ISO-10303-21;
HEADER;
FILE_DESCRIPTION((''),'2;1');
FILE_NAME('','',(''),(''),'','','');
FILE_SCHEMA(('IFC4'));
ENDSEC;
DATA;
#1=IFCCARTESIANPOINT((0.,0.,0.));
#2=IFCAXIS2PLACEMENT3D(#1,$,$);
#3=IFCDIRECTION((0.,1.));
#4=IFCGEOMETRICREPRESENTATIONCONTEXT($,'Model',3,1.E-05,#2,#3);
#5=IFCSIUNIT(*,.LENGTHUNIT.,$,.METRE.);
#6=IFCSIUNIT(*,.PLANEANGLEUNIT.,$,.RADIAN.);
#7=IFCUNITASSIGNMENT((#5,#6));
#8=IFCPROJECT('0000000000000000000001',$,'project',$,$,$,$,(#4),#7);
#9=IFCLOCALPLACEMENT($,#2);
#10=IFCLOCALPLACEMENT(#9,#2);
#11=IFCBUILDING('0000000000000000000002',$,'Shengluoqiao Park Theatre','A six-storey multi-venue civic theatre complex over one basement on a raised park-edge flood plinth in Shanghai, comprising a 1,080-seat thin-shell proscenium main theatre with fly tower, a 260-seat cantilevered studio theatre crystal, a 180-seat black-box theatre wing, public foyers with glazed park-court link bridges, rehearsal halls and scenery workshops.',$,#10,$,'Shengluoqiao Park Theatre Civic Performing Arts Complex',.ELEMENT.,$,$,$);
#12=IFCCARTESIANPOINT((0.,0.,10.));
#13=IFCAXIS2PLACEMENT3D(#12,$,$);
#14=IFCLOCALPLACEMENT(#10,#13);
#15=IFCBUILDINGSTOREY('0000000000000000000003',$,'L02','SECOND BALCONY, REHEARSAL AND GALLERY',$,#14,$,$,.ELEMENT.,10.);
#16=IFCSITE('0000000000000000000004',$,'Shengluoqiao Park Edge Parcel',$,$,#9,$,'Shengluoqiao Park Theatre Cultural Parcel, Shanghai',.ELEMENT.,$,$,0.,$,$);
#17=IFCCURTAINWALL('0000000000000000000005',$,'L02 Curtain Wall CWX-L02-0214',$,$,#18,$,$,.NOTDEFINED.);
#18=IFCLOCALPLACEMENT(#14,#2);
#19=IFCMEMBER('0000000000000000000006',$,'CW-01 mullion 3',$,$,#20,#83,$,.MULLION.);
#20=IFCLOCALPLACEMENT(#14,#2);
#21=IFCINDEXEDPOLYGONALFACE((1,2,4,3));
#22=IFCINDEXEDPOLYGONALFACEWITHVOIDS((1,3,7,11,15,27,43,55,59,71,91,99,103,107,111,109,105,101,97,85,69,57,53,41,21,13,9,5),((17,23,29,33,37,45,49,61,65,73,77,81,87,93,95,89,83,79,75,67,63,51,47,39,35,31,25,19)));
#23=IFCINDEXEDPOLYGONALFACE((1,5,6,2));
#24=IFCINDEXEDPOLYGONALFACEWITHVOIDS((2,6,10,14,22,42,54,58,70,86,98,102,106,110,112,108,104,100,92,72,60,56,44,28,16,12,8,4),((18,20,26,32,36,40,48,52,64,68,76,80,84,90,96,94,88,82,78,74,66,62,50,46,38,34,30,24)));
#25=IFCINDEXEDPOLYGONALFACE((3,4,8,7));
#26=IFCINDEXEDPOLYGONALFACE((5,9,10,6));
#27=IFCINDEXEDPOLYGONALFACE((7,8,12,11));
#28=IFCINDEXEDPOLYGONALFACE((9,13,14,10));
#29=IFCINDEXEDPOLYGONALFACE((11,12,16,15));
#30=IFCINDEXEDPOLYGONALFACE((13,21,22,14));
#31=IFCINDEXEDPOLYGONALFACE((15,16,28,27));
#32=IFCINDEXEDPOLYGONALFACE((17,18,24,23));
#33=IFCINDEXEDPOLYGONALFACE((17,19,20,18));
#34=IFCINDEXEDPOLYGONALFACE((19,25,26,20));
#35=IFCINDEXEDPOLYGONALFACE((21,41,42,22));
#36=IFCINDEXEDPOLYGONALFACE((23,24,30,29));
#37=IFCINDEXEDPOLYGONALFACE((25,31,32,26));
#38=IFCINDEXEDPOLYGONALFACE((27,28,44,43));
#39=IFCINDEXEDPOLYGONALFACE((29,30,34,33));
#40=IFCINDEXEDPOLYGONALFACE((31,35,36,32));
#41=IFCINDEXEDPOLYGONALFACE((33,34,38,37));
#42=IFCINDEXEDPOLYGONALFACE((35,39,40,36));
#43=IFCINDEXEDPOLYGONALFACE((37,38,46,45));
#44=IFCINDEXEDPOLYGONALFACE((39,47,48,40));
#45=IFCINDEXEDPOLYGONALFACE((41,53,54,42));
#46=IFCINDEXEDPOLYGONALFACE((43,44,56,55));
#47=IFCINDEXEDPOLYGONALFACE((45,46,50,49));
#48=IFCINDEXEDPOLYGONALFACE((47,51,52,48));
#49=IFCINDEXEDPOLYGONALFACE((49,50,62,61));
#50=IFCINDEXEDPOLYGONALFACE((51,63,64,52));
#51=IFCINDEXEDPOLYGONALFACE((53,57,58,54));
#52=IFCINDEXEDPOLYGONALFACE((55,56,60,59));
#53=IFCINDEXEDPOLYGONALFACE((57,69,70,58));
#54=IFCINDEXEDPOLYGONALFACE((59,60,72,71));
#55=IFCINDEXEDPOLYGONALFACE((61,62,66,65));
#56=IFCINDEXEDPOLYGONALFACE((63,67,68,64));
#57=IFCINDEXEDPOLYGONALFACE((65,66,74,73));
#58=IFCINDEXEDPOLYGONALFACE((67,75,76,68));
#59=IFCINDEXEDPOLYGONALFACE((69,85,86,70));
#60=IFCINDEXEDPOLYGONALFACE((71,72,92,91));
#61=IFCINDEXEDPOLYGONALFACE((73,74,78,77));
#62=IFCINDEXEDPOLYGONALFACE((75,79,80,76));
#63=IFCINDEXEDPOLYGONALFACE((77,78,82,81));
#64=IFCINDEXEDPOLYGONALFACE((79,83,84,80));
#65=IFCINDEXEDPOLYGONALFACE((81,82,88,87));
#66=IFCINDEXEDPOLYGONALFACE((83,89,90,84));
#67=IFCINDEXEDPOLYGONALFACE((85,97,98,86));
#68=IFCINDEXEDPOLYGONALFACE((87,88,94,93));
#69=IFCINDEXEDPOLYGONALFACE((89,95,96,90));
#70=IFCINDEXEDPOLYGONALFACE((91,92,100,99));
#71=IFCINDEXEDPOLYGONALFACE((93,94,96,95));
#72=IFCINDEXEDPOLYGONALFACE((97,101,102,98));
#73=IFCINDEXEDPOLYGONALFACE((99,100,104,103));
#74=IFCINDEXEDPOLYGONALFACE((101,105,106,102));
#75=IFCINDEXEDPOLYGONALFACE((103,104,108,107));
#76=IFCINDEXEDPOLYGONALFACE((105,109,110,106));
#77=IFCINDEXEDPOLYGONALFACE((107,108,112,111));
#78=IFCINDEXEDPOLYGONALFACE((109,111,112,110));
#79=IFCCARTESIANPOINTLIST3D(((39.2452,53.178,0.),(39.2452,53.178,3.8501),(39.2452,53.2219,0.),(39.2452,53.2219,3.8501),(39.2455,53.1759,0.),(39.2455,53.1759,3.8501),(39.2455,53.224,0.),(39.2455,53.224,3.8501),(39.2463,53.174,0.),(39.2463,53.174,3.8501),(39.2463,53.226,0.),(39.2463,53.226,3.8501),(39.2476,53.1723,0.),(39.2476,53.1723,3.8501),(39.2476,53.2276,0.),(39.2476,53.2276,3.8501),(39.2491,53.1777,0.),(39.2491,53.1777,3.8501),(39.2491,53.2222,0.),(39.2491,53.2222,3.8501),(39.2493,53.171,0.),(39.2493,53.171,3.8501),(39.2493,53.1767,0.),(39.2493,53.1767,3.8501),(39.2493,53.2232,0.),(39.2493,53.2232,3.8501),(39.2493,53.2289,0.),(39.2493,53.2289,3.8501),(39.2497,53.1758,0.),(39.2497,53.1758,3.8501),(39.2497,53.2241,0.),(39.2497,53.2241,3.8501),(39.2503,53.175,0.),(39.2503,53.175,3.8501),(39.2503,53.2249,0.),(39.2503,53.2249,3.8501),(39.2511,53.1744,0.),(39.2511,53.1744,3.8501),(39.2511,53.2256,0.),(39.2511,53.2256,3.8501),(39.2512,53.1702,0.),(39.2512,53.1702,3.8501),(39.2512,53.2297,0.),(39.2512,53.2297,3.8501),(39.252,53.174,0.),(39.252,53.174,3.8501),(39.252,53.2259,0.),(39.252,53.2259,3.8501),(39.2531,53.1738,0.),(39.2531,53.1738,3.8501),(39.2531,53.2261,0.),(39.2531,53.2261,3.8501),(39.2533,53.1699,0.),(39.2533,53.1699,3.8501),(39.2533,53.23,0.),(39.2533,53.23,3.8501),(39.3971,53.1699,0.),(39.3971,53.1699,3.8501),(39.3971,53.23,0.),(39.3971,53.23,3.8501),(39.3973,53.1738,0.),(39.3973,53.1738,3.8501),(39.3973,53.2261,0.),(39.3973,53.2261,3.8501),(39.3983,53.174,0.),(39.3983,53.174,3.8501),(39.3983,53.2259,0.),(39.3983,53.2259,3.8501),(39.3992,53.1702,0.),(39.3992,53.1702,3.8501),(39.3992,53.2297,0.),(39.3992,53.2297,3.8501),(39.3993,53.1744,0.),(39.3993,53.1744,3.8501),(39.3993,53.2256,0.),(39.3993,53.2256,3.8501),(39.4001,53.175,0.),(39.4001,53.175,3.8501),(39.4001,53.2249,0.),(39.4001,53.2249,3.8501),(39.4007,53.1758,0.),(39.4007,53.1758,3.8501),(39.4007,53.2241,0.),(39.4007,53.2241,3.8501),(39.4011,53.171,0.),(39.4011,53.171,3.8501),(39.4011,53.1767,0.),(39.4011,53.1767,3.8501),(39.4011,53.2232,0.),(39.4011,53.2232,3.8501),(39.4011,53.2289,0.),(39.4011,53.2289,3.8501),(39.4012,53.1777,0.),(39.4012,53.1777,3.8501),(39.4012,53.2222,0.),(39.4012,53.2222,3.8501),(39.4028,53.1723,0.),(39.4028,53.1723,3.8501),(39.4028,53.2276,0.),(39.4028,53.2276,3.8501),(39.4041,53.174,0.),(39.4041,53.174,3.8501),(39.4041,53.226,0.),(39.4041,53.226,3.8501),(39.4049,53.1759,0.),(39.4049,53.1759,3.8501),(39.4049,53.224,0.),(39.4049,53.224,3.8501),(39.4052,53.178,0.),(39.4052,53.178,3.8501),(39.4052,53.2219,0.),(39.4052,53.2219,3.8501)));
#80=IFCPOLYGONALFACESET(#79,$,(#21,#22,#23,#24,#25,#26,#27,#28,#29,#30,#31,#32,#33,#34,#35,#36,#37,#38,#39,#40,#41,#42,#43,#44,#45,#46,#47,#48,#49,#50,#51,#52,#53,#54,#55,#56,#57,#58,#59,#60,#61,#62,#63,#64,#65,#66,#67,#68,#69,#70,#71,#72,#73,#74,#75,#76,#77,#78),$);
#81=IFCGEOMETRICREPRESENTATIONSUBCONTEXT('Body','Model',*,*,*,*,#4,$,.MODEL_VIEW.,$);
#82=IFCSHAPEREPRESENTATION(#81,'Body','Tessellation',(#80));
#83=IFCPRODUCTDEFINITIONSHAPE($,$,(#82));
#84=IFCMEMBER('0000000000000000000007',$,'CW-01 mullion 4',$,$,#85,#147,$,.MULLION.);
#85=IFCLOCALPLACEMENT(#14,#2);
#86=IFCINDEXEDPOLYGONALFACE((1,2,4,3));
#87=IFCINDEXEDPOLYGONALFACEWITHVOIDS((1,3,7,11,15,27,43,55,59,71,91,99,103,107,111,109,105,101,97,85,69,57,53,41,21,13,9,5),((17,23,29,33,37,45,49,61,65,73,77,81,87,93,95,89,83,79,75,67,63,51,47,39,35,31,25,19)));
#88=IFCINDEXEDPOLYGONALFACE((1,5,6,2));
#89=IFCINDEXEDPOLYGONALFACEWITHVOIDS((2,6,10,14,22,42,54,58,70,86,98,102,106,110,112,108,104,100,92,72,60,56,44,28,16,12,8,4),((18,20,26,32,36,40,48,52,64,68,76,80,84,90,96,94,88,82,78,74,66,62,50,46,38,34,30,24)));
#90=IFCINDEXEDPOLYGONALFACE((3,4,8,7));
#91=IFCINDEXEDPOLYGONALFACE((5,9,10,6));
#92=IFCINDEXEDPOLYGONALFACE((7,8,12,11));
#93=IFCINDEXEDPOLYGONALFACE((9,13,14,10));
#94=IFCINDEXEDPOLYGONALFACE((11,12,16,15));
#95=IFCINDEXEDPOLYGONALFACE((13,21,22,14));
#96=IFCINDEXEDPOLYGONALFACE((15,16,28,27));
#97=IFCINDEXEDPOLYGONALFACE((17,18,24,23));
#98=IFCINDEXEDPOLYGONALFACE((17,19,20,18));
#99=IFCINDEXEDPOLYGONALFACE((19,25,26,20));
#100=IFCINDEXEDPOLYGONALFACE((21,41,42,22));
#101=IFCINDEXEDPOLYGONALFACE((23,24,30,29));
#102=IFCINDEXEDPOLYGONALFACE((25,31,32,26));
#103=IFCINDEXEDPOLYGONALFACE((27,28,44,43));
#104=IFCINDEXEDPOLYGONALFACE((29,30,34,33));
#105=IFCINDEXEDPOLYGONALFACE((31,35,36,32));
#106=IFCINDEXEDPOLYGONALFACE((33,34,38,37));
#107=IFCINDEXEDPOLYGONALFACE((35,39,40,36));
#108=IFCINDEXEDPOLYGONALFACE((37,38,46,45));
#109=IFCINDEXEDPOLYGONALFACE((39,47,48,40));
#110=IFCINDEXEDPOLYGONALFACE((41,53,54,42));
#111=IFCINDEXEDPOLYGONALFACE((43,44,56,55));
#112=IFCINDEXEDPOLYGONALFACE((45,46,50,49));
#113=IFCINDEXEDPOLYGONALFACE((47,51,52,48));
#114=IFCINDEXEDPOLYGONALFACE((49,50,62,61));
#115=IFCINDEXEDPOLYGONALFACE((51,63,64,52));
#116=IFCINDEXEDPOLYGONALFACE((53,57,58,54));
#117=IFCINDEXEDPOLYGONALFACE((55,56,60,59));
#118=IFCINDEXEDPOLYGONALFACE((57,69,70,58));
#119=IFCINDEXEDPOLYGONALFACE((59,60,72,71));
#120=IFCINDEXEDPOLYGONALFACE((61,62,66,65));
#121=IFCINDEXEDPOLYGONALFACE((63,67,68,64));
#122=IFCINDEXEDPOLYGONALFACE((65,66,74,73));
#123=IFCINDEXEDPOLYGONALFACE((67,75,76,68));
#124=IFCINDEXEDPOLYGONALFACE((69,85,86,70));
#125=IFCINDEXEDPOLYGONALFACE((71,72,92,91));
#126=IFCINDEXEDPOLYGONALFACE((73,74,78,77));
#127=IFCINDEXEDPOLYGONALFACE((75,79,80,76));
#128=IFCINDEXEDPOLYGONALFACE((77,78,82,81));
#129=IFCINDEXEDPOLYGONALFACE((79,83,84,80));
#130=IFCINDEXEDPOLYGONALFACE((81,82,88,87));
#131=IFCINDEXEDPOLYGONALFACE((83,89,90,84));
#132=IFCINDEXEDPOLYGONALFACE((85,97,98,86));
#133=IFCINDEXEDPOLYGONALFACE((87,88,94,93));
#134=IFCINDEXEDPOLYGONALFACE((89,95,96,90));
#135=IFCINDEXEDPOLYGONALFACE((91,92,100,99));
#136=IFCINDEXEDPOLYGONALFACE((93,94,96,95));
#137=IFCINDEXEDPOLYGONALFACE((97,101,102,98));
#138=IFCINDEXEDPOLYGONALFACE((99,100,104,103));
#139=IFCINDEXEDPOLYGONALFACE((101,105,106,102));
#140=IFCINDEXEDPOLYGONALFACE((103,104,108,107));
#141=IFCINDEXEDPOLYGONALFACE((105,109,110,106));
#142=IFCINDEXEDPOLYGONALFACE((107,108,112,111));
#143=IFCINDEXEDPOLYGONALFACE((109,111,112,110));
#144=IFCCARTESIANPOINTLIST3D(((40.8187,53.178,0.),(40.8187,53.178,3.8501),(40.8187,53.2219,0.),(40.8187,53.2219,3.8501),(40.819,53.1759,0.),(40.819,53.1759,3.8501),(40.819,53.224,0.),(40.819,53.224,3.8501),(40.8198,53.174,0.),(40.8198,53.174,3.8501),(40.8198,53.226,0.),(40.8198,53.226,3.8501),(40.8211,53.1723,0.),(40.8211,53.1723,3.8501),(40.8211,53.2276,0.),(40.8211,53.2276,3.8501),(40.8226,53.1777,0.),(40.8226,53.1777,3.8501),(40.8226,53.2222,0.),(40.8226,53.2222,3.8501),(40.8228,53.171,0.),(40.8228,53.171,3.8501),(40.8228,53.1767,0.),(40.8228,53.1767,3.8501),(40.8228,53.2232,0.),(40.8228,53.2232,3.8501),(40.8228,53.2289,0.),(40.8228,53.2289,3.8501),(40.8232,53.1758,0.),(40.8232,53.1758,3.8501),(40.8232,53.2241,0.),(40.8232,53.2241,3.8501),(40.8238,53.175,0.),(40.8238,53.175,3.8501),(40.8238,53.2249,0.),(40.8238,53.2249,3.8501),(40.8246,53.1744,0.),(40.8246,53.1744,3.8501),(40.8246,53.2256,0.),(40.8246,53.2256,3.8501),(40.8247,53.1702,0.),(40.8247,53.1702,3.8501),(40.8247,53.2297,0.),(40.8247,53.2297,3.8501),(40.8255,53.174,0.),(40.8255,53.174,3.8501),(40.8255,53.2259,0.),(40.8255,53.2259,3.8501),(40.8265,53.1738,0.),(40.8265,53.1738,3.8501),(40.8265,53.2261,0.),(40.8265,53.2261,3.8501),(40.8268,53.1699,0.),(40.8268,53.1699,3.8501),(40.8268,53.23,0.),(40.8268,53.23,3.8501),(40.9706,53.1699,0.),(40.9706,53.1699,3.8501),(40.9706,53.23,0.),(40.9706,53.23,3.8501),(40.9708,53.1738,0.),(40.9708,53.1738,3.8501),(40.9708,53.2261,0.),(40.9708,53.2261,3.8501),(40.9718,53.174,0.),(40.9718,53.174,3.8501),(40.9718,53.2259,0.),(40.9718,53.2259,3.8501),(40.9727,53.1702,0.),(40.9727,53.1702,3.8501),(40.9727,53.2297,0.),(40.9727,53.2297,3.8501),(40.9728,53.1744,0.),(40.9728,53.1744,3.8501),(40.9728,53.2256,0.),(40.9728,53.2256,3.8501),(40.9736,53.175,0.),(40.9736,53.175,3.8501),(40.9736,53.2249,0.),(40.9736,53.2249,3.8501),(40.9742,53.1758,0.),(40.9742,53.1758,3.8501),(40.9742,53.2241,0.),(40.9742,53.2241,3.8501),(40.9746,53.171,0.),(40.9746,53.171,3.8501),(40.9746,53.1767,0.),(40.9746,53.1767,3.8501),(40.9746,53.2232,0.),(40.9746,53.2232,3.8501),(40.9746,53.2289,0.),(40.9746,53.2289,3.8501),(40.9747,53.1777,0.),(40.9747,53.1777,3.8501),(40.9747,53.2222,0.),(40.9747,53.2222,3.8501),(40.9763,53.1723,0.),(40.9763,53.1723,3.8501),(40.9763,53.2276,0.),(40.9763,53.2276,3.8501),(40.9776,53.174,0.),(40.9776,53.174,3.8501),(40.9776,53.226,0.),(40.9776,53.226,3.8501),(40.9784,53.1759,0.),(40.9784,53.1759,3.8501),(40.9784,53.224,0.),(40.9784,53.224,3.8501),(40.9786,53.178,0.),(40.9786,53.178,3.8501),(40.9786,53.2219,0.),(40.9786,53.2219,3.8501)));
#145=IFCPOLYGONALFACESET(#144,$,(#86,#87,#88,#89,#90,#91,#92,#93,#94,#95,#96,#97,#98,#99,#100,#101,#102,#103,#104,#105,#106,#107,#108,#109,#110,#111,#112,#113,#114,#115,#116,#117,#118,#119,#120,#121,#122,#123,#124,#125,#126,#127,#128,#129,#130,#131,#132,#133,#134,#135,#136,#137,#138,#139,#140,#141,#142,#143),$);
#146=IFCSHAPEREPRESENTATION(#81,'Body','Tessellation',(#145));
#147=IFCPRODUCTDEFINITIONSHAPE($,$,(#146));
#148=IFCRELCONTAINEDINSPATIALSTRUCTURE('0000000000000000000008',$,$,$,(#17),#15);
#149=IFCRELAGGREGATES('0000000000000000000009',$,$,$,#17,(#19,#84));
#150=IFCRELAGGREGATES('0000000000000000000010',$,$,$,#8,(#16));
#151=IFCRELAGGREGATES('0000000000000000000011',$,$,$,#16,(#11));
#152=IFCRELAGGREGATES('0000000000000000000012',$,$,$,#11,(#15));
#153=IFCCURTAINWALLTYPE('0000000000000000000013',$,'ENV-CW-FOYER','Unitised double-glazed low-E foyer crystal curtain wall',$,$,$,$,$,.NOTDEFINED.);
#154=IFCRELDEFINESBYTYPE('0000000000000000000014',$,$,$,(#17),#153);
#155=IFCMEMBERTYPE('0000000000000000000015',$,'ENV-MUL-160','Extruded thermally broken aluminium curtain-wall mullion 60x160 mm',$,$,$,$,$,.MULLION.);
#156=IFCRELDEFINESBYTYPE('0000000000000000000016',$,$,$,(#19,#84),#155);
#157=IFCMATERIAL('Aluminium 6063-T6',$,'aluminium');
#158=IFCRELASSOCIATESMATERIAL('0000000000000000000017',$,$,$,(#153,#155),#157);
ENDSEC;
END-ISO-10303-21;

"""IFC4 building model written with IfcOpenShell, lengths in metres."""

from ifc_helpers import new_model, si_unit, direction, frame, origin, origin_2d, place, context, subcontext, project, spatial, hollow_rectangle, extrude, material, material_profile, profile_set, type_object, element, aggregate, save


model = new_model("IFC4")

# Units and contexts
model_context = context("Model", 3, precision=1e-05, world=origin(), true_north=direction((0.0, 1.0)))
body_context = subcontext(model_context, "Body", "Model", "MODEL_VIEW")
ifc_project = project(units=[si_unit("LENGTHUNIT", "METRE"), si_unit("PLANEANGLEUNIT", "RADIAN")], contexts=[model_context])

# Site, building, storey
site_placement = place(None, origin())
site = spatial("IfcSite", under=ifc_project, at=site_placement, Name="Shengluoqiao Park Edge Parcel", LongName="Shengluoqiao Park Theatre Cultural Parcel, Shanghai", CompositionType="ELEMENT", RefElevation=0.0)
building_placement = place(site_placement, origin())
building = spatial("IfcBuilding", under=site, at=building_placement, Name="Shengluoqiao Park Theatre", Description="A six-storey multi-venue civic theatre complex over one basement on a raised park-edge flood plinth in Shanghai, comprising a 1,080-seat thin-shell proscenium main theatre with fly tower, a 260-seat cantilevered studio theatre crystal, a 180-seat black-box theatre wing, public foyers with glazed park-court link bridges, rehearsal halls and scenery workshops.", LongName="Shengluoqiao Park Theatre Civic Performing Arts Complex", CompositionType="ELEMENT")
storey_placement = place(building_placement, frame((0.0, 0.0, 10.0)))
storey = spatial("IfcBuildingStorey", under=building, at=storey_placement, Name="L02", Description="SECOND BALCONY, REHEARSAL AND GALLERY", CompositionType="ELEMENT", Elevation=10.0)

# Curtain wall, members
ifc_material_1 = material(Name="Aluminium 6063-T6", Category="aluminium")
curtain_wall_type = type_object("IfcCurtainWallType", Name="ENV-CW-FOYER", Description="Unitised double-glazed low-E foyer crystal curtain wall", PredefinedType="NOTDEFINED", material=ifc_material_1)
curtain_wall_placement = place(storey_placement, origin())
curtain_wall = element("IfcCurtainWall", 1, at=curtain_wall_placement, inside=storey, type_object=curtain_wall_type, Name="L02 Curtain Wall CWX-L02-0214", PredefinedType="NOTDEFINED")
ifc_material_profile_1 = material_profile(ifc_material_1, hollow_rectangle(XDim=0.0601, YDim=0.1599, WallThickness=0.0039, InnerFilletRadius=0.0039, OuterFilletRadius=0.0081, at=origin_2d()), Name="ALU MULLION 160x60x4")
ifc_profile_set_1 = profile_set([ifc_material_profile_1], Name="Aluminium 6063-T6")
member_type_1 = type_object("IfcMemberType", Name="ENV-MUL-160", Description="Extruded thermally broken aluminium curtain-wall mullion 60x160 mm", PredefinedType="MULLION", material=ifc_profile_set_1)
member_1_placement = place(storey_placement, frame((39.3252, 53.2, 0.0), z_axis=(0.0, 0.0, 1.0), x_axis=(0.0, 1.0, 0.0)))
member_1 = element("IfcMember", 2, at=member_1_placement, type_object=member_type_1, Name="CW-01 mullion 3", PredefinedType="MULLION", context=body_context, shape_type="SweptSolid", body=[
    extrude(hollow_rectangle(XDim=0.0601, YDim=0.1599, WallThickness=0.0039, InnerFilletRadius=0.0039, OuterFilletRadius=0.0081, at=origin_2d()), origin(), (0.0, 0.0, 1.0), 3.8501),
])
member_2_placement = place(storey_placement, frame((40.8987, 53.2, 0.0), z_axis=(0.0, 0.0, 1.0), x_axis=(0.0, 1.0, 0.0)))
member_2 = element("IfcMember", 3, at=member_2_placement, type_object=member_type_1, Name="CW-01 mullion 4", PredefinedType="MULLION", context=body_context, shape_type="SweptSolid", body=[
    extrude(hollow_rectangle(XDim=0.0601, YDim=0.1599, WallThickness=0.0039, InnerFilletRadius=0.0039, OuterFilletRadius=0.0081, at=origin_2d()), origin(), (0.0, 0.0, 1.0), 3.8501),
])

aggregate(curtain_wall, [member_1, member_2])

save(model, "model.ifc")
